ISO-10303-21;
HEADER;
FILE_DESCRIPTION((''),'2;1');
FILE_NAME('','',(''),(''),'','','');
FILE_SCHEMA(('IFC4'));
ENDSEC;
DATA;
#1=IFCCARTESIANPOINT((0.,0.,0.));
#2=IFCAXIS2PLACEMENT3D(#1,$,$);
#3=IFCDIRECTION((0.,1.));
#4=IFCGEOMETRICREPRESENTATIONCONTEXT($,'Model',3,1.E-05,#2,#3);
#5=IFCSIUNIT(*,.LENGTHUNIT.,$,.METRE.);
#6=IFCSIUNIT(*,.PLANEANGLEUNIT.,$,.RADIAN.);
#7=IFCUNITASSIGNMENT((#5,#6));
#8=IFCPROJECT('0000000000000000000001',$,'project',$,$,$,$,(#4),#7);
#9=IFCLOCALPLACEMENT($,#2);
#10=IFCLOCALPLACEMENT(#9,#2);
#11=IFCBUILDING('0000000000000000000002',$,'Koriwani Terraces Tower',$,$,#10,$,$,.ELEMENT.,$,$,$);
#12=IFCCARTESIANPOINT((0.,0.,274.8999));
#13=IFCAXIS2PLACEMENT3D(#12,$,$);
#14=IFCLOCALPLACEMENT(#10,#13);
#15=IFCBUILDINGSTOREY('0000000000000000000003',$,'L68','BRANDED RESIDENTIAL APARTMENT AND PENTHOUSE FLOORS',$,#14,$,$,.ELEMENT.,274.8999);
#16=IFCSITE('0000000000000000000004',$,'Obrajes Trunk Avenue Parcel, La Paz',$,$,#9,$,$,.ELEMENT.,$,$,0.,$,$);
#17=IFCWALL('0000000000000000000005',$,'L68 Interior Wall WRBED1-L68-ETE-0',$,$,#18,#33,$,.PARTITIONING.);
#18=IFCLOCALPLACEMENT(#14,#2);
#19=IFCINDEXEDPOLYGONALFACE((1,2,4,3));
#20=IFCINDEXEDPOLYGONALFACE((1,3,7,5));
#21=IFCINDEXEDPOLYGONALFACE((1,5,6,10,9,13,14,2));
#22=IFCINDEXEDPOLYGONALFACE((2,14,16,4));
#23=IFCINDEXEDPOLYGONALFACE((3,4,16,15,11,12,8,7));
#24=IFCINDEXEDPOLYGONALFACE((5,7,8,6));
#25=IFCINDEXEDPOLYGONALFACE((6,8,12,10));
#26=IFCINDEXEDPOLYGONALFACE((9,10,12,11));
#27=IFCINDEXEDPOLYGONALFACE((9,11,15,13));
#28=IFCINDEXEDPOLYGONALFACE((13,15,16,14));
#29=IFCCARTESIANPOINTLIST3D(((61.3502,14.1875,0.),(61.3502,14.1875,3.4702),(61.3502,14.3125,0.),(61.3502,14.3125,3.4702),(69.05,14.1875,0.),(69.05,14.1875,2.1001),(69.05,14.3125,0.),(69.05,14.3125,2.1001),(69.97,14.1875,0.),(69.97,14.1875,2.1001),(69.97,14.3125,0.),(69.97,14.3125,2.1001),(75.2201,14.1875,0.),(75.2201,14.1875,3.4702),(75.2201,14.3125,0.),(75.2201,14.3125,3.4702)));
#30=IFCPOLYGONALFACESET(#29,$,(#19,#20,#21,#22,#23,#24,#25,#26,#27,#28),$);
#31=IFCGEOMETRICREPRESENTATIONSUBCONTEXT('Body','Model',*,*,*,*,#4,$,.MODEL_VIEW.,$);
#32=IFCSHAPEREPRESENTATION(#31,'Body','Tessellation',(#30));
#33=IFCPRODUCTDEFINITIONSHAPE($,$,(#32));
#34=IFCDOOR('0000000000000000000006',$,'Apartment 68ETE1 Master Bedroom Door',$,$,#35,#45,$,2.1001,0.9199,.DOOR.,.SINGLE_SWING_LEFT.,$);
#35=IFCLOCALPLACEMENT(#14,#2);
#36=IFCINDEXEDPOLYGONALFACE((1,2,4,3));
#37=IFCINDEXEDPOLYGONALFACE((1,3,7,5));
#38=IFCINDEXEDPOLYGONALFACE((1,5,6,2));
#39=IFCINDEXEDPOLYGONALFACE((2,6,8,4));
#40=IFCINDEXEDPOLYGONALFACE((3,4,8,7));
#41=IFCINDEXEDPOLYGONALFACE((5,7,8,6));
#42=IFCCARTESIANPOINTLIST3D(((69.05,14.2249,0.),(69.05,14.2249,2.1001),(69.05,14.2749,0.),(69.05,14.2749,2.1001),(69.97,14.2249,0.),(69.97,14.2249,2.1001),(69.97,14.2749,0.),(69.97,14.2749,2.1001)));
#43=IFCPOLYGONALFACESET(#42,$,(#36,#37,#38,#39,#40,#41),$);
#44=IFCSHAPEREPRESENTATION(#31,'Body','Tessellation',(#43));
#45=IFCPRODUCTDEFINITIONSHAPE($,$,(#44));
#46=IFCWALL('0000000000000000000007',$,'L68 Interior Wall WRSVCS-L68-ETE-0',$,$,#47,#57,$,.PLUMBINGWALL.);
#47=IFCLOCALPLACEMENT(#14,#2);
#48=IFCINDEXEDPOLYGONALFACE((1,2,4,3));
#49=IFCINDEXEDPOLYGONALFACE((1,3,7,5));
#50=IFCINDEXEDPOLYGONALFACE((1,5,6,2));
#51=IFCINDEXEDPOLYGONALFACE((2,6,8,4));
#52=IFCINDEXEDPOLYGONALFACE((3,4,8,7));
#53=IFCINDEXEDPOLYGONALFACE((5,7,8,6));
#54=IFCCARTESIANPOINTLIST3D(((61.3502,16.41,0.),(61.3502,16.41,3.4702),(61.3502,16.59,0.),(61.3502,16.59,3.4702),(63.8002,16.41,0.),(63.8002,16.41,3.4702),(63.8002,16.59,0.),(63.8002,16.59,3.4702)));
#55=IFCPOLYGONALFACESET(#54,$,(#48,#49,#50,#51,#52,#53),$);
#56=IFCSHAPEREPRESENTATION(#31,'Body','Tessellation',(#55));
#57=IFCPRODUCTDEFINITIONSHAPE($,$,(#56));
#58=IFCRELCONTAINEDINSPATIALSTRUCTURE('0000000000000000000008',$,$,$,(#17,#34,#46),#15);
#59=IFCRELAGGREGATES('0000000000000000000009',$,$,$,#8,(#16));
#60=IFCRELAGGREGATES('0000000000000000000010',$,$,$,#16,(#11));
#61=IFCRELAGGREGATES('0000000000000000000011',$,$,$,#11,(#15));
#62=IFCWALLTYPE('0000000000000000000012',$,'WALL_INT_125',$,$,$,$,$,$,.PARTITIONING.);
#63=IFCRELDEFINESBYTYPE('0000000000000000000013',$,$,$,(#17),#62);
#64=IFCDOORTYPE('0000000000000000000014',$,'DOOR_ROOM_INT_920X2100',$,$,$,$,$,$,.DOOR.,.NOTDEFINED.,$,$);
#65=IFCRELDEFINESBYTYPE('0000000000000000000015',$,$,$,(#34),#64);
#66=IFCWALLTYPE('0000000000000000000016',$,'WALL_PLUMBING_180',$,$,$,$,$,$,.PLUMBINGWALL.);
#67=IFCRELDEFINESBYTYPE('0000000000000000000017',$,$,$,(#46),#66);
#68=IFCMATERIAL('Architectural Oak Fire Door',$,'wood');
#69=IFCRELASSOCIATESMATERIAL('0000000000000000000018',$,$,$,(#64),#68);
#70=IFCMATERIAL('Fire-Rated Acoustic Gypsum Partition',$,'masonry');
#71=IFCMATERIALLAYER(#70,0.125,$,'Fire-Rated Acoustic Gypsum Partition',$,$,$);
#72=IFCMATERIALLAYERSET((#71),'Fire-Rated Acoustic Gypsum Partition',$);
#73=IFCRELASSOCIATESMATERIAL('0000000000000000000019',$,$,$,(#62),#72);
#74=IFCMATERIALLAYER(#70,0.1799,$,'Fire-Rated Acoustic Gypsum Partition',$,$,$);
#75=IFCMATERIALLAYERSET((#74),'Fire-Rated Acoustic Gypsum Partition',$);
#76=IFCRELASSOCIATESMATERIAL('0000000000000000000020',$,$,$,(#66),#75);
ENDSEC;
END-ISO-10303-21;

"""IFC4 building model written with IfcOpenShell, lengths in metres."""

from ifc_helpers import new_model, si_unit, direction, frame, frame_2d, origin, place, context, subcontext, project, spatial, rectangle, extrude, material, layer, layer_set, type_object, element, fill, save


model = new_model("IFC4")

# Units and contexts
model_context = context("Model", 3, precision=1e-05, world=origin(), true_north=direction((0.0, 1.0)))
body_context = subcontext(model_context, "Body", "Model", "MODEL_VIEW")
ifc_project = project(units=[si_unit("LENGTHUNIT", "METRE"), si_unit("PLANEANGLEUNIT", "RADIAN")], contexts=[model_context])

# Site, building, storey
site_placement = place(None, origin())
site = spatial("IfcSite", under=ifc_project, at=site_placement, Name="Obrajes Trunk Avenue Parcel, La Paz", CompositionType="ELEMENT", RefElevation=0.0)
building_placement = place(site_placement, origin())
building = spatial("IfcBuilding", under=site, at=building_placement, Name="Koriwani Terraces Tower", CompositionType="ELEMENT")
storey_placement = place(building_placement, frame((0.0, 0.0, 274.8999)))
storey = spatial("IfcBuildingStorey", under=building, at=storey_placement, Name="L68", Description="BRANDED RESIDENTIAL APARTMENT AND PENTHOUSE FLOORS", CompositionType="ELEMENT", Elevation=274.8999)

# Shared definitions
ifc_material_1 = material(Name="Architectural Oak Fire Door", Category="wood")
door_type_1 = type_object("IfcDoorType", Name="DOOR_ROOM_INT_920X2100", OperationType="NOTDEFINED", PredefinedType="DOOR", material=ifc_material_1)

# Wall, opening, door
ifc_material_2 = material(Name="Fire-Rated Acoustic Gypsum Partition", Category="masonry")
ifc_layer_1 = layer(ifc_material_2, 0.125, Name="Fire-Rated Acoustic Gypsum Partition")
ifc_layer_set_1 = layer_set([ifc_layer_1], Name="Fire-Rated Acoustic Gypsum Partition")
wall_type_1 = type_object("IfcWallType", Name="WALL_INT_125", PredefinedType="PARTITIONING", material=ifc_layer_set_1)
wall_1_placement = place(storey_placement, frame((61.3501, 14.25, 0.0), z_axis=(0.0, 0.0, 1.0), x_axis=(1.0, 0.0, 0.0)))
wall_1 = element("IfcWall", 1, at=wall_1_placement, inside=storey, type_object=wall_type_1, Name="L68 Interior Wall WRBED1-L68-ETE-0", PredefinedType="PARTITIONING", context=body_context, shape_type="SweptSolid", body=[
    extrude(rectangle(XDim=13.8699, YDim=0.125, at=frame_2d((6.9351, 0.0))), origin(), (0.0, 0.0, 1.0), 3.4702),
])
opening_1_placement = place(wall_1_placement, frame((7.7, 0.0, 0.0)))
opening_1 = element("IfcOpeningElement", 2, at=opening_1_placement, cuts=wall_1, PredefinedType="OPENING", context=body_context, shape_type="SweptSolid", body=[
    extrude(rectangle(XDim=0.9199, YDim=2.1001, at=frame_2d((0.46, 1.05))), frame((0.0, 0.0725, 0.0), z_axis=(0.0, -1.0, 0.0), x_axis=(1.0, 0.0, 0.0)), (0.0, 0.0, 1.0), 0.145),
])
door_1_placement = place(opening_1_placement, origin())
door_1 = element("IfcDoor", 3, at=door_1_placement, inside=storey, type_object=door_type_1, Name="Apartment 68ETE1 Master Bedroom Door", OperationType="SINGLE_SWING_LEFT", OverallHeight=2.1001, OverallWidth=0.9199, PredefinedType="DOOR", context=body_context, shape_type="SweptSolid", body=[
    extrude(rectangle(XDim=0.9199, YDim=2.1001, at=frame_2d((0.46, 1.05))), frame((0.0, 0.0249, 0.0), z_axis=(0.0, -1.0, 0.0), x_axis=(1.0, 0.0, 0.0)), (0.0, 0.0, 1.0), 0.05),
])
fill(opening_1, door_1)

# Wall
ifc_layer_2 = layer(ifc_material_2, 0.1799, Name="Fire-Rated Acoustic Gypsum Partition")
ifc_layer_set_2 = layer_set([ifc_layer_2], Name="Fire-Rated Acoustic Gypsum Partition")
wall_type_2 = type_object("IfcWallType", Name="WALL_PLUMBING_180", PredefinedType="PLUMBINGWALL", material=ifc_layer_set_2)
wall_2_placement = place(storey_placement, frame((61.3501, 16.5, 0.0), z_axis=(0.0, 0.0, 1.0), x_axis=(1.0, 0.0, 0.0)))
element("IfcWall", 4, at=wall_2_placement, inside=storey, type_object=wall_type_2, Name="L68 Interior Wall WRSVCS-L68-ETE-0", PredefinedType="PLUMBINGWALL", context=body_context, shape_type="SweptSolid", body=[
    extrude(rectangle(XDim=2.45, YDim=0.1799, at=frame_2d((1.2251, 0.0))), origin(), (0.0, 0.0, 1.0), 3.4702),
])

save(model, "model.ifc")
